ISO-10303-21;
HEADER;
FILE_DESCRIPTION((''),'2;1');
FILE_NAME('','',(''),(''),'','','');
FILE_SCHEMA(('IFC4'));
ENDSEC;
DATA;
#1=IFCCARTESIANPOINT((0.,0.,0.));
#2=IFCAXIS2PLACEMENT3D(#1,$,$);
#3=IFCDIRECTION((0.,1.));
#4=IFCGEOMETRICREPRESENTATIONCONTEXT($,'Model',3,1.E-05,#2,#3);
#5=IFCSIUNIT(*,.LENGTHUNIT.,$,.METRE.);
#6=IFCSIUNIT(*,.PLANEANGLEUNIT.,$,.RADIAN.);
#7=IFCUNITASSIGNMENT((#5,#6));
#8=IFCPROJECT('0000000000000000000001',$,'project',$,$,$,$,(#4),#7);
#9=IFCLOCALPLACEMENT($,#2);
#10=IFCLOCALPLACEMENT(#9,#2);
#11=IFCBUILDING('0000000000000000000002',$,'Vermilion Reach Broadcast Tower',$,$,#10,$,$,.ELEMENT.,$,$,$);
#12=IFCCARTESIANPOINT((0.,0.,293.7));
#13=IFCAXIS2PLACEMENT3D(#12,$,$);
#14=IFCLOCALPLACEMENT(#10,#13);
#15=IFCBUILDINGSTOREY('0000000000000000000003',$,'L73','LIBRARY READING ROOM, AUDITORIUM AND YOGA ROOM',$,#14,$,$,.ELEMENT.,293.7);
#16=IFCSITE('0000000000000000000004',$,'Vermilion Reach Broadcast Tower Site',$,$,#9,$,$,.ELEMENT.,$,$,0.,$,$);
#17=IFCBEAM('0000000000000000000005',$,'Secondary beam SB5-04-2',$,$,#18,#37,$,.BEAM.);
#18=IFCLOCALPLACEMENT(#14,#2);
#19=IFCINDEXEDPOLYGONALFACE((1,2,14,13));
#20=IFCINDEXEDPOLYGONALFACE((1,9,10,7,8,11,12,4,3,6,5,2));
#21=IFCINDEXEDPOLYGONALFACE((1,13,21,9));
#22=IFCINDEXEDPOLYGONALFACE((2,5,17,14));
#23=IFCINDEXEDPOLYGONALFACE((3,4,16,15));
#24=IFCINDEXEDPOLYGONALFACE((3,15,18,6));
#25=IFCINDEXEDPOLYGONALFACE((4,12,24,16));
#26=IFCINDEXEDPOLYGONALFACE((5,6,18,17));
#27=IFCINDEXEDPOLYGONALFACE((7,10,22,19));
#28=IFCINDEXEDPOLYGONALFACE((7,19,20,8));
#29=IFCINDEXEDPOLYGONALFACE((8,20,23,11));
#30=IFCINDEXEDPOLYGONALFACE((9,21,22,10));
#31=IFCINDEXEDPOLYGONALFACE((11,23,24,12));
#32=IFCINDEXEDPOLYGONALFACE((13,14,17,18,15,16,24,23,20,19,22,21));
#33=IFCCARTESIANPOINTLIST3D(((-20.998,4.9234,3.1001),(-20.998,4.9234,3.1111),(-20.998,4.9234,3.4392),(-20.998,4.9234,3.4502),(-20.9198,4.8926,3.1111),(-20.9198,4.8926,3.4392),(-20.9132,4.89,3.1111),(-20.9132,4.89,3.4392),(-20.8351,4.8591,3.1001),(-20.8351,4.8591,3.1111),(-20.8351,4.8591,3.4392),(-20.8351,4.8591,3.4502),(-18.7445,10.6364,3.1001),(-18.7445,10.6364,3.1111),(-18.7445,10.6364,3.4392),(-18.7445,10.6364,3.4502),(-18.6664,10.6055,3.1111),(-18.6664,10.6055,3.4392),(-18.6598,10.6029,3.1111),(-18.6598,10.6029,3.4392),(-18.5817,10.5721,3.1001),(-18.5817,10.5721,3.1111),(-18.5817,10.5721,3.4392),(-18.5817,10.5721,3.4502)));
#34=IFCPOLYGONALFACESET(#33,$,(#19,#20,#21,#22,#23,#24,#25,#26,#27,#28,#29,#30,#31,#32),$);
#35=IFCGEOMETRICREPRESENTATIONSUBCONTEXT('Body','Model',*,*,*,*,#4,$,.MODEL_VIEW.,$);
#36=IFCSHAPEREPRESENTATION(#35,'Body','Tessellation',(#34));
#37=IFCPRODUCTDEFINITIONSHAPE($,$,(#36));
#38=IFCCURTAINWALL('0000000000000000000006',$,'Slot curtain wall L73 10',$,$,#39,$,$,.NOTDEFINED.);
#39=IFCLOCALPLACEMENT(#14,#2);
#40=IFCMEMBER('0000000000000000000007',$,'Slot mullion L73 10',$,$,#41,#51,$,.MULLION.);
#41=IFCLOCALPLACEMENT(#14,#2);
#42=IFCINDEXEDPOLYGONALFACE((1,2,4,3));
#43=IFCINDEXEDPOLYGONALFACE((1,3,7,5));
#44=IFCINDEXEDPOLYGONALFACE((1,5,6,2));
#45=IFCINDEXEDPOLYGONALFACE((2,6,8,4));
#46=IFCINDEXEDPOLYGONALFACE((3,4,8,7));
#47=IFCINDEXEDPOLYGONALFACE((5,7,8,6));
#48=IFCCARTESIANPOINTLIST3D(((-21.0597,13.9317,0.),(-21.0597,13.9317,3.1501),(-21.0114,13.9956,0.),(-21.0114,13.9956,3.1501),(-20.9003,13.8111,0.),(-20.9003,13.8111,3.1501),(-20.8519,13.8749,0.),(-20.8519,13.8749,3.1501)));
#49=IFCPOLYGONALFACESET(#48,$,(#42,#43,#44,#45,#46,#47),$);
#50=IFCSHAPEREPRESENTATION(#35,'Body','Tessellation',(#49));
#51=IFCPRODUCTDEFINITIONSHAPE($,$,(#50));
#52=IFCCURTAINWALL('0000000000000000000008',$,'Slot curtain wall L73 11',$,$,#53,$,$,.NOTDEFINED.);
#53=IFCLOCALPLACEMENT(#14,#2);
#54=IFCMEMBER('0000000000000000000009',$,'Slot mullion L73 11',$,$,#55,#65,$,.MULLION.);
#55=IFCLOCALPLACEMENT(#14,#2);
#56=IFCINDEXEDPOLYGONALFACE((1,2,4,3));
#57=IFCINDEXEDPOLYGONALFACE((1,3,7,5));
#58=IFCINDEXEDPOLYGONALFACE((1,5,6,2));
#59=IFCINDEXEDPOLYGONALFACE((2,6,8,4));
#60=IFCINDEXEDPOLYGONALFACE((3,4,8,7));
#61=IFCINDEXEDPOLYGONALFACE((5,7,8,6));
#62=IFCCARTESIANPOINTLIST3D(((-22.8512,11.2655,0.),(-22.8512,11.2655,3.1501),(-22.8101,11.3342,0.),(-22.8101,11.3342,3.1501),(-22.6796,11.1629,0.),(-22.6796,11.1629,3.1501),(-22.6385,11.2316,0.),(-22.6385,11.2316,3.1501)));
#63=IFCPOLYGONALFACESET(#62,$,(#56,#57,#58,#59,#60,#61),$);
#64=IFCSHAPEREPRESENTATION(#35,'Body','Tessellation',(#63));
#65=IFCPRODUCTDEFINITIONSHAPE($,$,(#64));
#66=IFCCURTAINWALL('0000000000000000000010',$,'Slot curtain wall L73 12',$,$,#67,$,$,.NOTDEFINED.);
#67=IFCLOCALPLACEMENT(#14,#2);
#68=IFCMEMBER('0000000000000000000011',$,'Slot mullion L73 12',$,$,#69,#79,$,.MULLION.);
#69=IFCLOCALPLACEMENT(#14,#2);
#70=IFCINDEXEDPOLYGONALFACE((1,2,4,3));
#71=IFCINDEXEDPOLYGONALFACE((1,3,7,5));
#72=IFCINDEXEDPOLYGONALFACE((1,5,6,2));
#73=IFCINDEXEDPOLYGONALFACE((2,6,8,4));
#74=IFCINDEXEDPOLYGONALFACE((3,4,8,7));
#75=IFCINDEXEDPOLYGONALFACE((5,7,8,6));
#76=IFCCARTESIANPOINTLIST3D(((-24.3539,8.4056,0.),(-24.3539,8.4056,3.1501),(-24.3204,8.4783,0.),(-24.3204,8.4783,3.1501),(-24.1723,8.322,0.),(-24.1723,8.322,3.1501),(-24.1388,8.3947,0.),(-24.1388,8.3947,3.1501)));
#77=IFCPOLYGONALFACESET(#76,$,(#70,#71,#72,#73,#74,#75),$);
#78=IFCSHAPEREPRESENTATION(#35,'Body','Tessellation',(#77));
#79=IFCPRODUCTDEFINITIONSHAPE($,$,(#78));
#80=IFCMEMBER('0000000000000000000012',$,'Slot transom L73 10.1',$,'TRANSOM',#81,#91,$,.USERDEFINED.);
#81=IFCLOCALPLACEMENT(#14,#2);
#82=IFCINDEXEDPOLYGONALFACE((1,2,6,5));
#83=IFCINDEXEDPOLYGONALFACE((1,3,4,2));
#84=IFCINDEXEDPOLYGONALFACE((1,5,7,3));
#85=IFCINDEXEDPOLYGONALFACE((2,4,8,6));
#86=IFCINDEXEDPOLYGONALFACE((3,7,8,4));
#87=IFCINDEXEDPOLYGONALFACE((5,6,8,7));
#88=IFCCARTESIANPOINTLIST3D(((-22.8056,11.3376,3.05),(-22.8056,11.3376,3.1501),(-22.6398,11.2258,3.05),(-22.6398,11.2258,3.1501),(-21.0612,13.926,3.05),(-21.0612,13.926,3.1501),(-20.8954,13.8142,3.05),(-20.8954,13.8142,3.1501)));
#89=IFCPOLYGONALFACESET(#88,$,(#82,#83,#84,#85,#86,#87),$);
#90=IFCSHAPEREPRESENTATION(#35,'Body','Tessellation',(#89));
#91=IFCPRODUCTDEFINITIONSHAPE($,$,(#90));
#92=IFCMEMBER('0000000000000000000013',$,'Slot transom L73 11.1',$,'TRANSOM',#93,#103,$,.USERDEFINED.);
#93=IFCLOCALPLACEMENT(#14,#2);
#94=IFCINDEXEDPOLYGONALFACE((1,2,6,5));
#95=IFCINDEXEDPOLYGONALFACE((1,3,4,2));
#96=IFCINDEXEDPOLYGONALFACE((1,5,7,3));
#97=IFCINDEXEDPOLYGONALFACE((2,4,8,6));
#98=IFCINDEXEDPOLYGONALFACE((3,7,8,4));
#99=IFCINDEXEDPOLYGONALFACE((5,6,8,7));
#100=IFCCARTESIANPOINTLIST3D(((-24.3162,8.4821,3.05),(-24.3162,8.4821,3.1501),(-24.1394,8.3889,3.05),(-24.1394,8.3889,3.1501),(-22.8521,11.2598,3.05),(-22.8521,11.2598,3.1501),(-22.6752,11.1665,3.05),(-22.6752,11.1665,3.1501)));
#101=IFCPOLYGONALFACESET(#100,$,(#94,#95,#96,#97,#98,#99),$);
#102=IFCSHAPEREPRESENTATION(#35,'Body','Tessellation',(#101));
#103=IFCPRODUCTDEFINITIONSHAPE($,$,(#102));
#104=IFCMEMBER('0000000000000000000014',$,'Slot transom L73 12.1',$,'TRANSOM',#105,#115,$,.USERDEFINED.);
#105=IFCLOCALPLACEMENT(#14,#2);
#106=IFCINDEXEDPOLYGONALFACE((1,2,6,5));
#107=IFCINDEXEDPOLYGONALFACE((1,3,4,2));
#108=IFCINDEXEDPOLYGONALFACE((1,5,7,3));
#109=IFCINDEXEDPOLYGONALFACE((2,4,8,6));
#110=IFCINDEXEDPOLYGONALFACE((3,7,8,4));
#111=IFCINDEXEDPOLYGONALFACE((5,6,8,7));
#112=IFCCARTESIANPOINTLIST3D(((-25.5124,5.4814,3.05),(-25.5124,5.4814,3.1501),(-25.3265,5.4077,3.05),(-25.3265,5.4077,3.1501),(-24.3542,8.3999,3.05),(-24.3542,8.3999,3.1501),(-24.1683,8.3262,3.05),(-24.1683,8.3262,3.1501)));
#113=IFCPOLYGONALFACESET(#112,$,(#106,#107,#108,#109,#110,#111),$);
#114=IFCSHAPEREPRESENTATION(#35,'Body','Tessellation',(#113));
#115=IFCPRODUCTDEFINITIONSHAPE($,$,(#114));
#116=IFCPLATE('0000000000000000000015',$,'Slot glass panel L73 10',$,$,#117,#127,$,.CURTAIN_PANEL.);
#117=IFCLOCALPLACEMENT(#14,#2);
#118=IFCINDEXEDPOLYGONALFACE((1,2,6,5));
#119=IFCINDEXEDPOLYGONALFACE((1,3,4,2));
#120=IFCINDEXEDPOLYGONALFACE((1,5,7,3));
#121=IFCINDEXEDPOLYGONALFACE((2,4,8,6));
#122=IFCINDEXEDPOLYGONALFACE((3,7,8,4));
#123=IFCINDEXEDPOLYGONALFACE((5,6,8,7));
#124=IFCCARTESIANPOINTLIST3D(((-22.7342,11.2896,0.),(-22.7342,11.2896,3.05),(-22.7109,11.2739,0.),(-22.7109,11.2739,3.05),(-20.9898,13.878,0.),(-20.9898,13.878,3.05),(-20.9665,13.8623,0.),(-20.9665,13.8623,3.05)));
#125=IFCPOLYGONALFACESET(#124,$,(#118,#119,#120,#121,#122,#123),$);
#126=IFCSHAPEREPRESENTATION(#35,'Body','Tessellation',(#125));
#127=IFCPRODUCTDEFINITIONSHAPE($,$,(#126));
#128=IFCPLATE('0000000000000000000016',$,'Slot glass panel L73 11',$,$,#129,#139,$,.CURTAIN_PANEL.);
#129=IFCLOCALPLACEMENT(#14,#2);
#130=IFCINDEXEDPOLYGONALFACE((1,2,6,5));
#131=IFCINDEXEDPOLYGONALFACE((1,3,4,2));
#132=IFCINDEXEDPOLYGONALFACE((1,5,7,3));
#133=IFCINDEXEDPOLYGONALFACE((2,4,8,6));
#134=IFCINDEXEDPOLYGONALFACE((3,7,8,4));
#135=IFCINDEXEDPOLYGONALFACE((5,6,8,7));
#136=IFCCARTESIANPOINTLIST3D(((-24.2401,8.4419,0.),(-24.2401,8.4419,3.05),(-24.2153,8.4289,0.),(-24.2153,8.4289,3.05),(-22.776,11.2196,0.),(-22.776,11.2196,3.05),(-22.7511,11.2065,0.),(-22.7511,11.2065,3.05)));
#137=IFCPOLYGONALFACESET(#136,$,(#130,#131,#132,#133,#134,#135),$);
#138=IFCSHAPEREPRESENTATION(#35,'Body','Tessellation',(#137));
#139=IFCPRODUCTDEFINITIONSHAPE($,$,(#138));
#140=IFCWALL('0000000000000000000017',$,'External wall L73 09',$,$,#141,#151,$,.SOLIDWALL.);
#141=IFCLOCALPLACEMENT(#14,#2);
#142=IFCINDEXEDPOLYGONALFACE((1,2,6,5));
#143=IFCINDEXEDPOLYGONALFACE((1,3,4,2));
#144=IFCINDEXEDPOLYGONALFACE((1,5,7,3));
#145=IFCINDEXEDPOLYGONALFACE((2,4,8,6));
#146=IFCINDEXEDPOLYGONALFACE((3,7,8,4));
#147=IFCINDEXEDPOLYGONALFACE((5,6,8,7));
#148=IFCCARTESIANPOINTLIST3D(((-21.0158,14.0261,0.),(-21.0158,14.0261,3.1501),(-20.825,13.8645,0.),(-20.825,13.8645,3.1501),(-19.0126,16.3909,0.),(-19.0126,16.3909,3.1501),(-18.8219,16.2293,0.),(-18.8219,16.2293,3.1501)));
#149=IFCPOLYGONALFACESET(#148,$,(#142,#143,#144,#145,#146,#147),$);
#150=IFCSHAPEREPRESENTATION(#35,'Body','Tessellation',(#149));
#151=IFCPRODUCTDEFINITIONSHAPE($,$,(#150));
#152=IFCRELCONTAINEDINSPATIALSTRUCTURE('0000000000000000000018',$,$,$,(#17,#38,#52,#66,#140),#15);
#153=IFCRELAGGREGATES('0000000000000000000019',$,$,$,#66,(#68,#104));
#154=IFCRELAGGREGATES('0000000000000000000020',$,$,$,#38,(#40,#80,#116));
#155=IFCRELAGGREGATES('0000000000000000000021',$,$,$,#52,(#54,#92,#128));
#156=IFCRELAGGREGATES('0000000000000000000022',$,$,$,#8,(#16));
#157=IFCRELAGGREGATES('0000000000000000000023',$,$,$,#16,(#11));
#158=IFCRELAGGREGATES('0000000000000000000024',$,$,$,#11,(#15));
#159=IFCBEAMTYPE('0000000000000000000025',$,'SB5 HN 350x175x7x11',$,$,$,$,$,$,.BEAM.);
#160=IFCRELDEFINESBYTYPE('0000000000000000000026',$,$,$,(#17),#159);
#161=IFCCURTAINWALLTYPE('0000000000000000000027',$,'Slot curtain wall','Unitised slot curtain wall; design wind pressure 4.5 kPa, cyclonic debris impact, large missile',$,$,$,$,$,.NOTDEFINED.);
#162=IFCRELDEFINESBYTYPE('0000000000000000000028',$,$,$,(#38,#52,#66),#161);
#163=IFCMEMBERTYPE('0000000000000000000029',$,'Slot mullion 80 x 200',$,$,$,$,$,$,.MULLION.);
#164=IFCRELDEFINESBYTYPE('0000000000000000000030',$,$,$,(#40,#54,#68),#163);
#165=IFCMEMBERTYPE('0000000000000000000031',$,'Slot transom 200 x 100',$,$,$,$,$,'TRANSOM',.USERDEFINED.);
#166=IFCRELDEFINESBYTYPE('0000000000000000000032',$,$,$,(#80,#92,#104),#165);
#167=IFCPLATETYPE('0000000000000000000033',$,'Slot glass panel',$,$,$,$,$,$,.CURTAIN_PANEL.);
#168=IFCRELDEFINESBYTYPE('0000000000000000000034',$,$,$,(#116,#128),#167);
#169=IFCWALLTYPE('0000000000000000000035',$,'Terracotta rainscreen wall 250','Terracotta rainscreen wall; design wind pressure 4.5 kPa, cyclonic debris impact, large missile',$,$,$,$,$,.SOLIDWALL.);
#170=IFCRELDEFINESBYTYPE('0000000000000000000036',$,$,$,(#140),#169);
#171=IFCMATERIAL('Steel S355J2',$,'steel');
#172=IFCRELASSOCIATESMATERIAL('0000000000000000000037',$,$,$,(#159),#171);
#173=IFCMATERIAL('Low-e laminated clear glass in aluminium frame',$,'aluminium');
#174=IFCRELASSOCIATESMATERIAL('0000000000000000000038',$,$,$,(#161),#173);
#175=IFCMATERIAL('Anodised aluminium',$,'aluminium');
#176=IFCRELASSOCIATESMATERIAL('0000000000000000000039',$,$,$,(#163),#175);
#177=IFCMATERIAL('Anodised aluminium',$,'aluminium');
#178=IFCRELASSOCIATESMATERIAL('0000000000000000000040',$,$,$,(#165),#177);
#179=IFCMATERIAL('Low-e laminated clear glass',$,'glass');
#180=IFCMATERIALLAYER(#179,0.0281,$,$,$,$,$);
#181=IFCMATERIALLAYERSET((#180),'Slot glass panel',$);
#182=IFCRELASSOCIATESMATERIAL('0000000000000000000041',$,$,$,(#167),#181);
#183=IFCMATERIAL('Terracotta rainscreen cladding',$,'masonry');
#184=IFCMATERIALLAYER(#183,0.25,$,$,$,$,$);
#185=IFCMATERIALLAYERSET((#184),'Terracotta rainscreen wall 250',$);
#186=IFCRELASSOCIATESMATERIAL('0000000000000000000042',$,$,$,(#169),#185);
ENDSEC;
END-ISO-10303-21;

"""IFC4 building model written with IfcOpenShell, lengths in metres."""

from ifc_helpers import new_model, si_unit, direction, frame, frame_2d, origin, origin_2d, place, context, subcontext, project, spatial, rectangle, i_section, extrude, material, layer, layer_set, material_profile, profile_set, type_object, element, aggregate, save


model = new_model("IFC4")

# Units and contexts
model_context = context("Model", 3, precision=1e-05, world=origin(), true_north=direction((0.0, 1.0)))
body_context = subcontext(model_context, "Body", "Model", "MODEL_VIEW")
ifc_project = project(units=[si_unit("LENGTHUNIT", "METRE"), si_unit("PLANEANGLEUNIT", "RADIAN")], contexts=[model_context])

# Site, building, storey
site_placement = place(None, origin())
site = spatial("IfcSite", under=ifc_project, at=site_placement, Name="Vermilion Reach Broadcast Tower Site", CompositionType="ELEMENT", RefElevation=0.0)
building_placement = place(site_placement, origin())
building = spatial("IfcBuilding", under=site, at=building_placement, Name="Vermilion Reach Broadcast Tower", CompositionType="ELEMENT")
storey_placement = place(building_placement, frame((0.0, 0.0, 293.7)))
storey = spatial("IfcBuildingStorey", under=building, at=storey_placement, Name="L73", Description="LIBRARY READING ROOM, AUDITORIUM AND YOGA ROOM", CompositionType="ELEMENT", Elevation=293.7)

# Beam
ifc_material_1 = material(Name="Steel S355J2", Category="steel")
ifc_material_profile_1 = material_profile(ifc_material_1, i_section(OverallWidth=0.175, OverallDepth=0.3501, WebThickness=0.0071, FlangeThickness=0.011, at=origin_2d()), Name="S355J2 HN 350x175x7x11")
ifc_profile_set_1 = profile_set([ifc_material_profile_1], Name="Steel S355J2")
beam_type_1 = type_object("IfcBeamType", Name="SB5 HN 350x175x7x11", PredefinedType="BEAM", material=ifc_profile_set_1)
beam_1_placement = place(storey_placement, frame((-18.6631, 10.6042, 3.2751), z_axis=(-0.366931, -0.930248, 0.0), x_axis=(0.930248, -0.366931, 0.0)))
element("IfcBeam", 1, at=beam_1_placement, inside=storey, type_object=beam_type_1, Name="Secondary beam SB5-04-2", PredefinedType="BEAM", context=body_context, shape_type="SweptSolid", body=[
    extrude(i_section(OverallWidth=0.175, OverallDepth=0.3501, WebThickness=0.0071, FlangeThickness=0.011, at=origin_2d()), origin(), (0.0, 0.0, 1.0), 6.1414),
])

# Curtain walls, members
ifc_material_2 = material(Name="Low-e laminated clear glass in aluminium frame", Category="aluminium")
curtain_wall_type = type_object("IfcCurtainWallType", Name="Slot curtain wall", Description="Unitised slot curtain wall; design wind pressure 4.5 kPa, cyclonic debris impact, large missile", PredefinedType="NOTDEFINED", material=ifc_material_2)
placement = place(storey_placement, origin())
curtain_wall_1 = element("IfcCurtainWall", 2, at=placement, inside=storey, type_object=curtain_wall_type, Name="Slot curtain wall L73 10", PredefinedType="NOTDEFINED")
ifc_material_3 = material(Name="Anodised aluminium", Category="aluminium")
ifc_material_profile_2 = material_profile(ifc_material_3, rectangle(XDim=0.2, YDim=0.0801, at=origin_2d()), Name="Slot mullion 80 x 200")
ifc_profile_set_2 = profile_set([ifc_material_profile_2], Name="Anodised aluminium")
member_type_1 = type_object("IfcMemberType", Name="Slot mullion 80 x 200", PredefinedType="MULLION", material=ifc_profile_set_2)
member_1_placement = place(storey_placement, frame((-20.9558, 13.9033, 0.0), z_axis=(0.0, 0.0, 1.0), x_axis=(0.797363, -0.6035, 0.0)))
member_1 = element("IfcMember", 3, at=member_1_placement, type_object=member_type_1, Name="Slot mullion L73 10", PredefinedType="MULLION", context=body_context, shape_type="SweptSolid", body=[
    extrude(rectangle(XDim=0.2, YDim=0.0801, at=origin_2d()), origin(), (0.0, 0.0, 1.0), 3.1501),
])
curtain_wall_2 = element("IfcCurtainWall", 4, at=placement, inside=storey, type_object=curtain_wall_type, Name="Slot curtain wall L73 11", PredefinedType="NOTDEFINED")
member_2_placement = place(storey_placement, frame((-22.7449, 11.2485, 0.0), z_axis=(0.0, 0.0, 1.0), x_axis=(0.858191, -0.51333, 0.0)))
member_2 = element("IfcMember", 5, at=member_2_placement, type_object=member_type_1, Name="Slot mullion L73 11", PredefinedType="MULLION", context=body_context, shape_type="SweptSolid", body=[
    extrude(rectangle(XDim=0.2, YDim=0.0801, at=origin_2d()), origin(), (0.0, 0.0, 1.0), 3.1501),
])
curtain_wall_3 = element("IfcCurtainWall", 6, at=placement, inside=storey, type_object=curtain_wall_type, Name="Slot curtain wall L73 12", PredefinedType="NOTDEFINED")
member_3_placement = place(storey_placement, frame((-24.2463, 8.4001, 0.0), z_axis=(0.0, 0.0, 1.0), x_axis=(0.908362, -0.418184, 0.0)))
member_3 = element("IfcMember", 7, at=member_3_placement, type_object=member_type_1, Name="Slot mullion L73 12", PredefinedType="MULLION", context=body_context, shape_type="SweptSolid", body=[
    extrude(rectangle(XDim=0.2, YDim=0.0801, at=origin_2d()), origin(), (0.0, 0.0, 1.0), 3.1501),
])

# Members
ifc_material_4 = material(Name="Anodised aluminium", Category="aluminium")
ifc_material_profile_3 = material_profile(ifc_material_4, rectangle(XDim=0.2, YDim=0.1001, at=origin_2d()), Name="Slot transom 200 x 100")
ifc_profile_set_3 = profile_set([ifc_material_profile_3], Name="Anodised aluminium")
member_type_2 = type_object("IfcMemberType", Name="Slot transom 200 x 100", ElementType="TRANSOM", PredefinedType="USERDEFINED", material=ifc_profile_set_3)
member_4_placement = place(storey_placement, frame((-20.9783, 13.8701, 3.1001), z_axis=(-0.558863, -0.82926, 0.0), x_axis=(0.82926, -0.558863, 0.0)))
member_4 = element("IfcMember", 8, at=member_4_placement, type_object=member_type_2, Name="Slot transom L73 10.1", ObjectType="TRANSOM", PredefinedType="USERDEFINED", context=body_context, shape_type="SweptSolid", body=[
    extrude(rectangle(XDim=0.2, YDim=0.1001, at=origin_2d()), origin(), (0.0, 0.0, 1.0), 3.1213),
])
member_5_placement = place(storey_placement, frame((-22.7637, 11.2131, 3.1001), z_axis=(-0.466301, -0.884626, 0.0), x_axis=(0.884626, -0.466301, 0.0)))
member_5 = element("IfcMember", 9, at=member_5_placement, type_object=member_type_2, Name="Slot transom L73 11.1", ObjectType="TRANSOM", PredefinedType="USERDEFINED", context=body_context, shape_type="SweptSolid", body=[
    extrude(rectangle(XDim=0.2, YDim=0.1001, at=origin_2d()), origin(), (0.0, 0.0, 1.0), 3.1399),
])
member_6_placement = place(storey_placement, frame((-24.2612, 8.363, 3.1001), z_axis=(-0.368869, -0.929481, 0.0), x_axis=(0.929481, -0.368869, 0.0)))
member_6 = element("IfcMember", 10, at=member_6_placement, type_object=member_type_2, Name="Slot transom L73 12.1", ObjectType="TRANSOM", PredefinedType="USERDEFINED", context=body_context, shape_type="SweptSolid", body=[
    extrude(rectangle(XDim=0.2, YDim=0.1001, at=origin_2d()), origin(), (0.0, 0.0, 1.0), 3.1399),
])
aggregate(curtain_wall_3, [member_3, member_6])

# Plates
ifc_material_5 = material(Name="Low-e laminated clear glass", Category="glass")
ifc_layer_1 = layer(ifc_material_5, 0.0281)
ifc_layer_set_1 = layer_set([ifc_layer_1], Name="Slot glass panel")
plate_type = type_object("IfcPlateType", Name="Slot glass panel", PredefinedType="CURTAIN_PANEL", material=ifc_layer_set_1)
plate_1_placement = place(storey_placement, frame((-21.8503, 12.5759, 0.0), z_axis=(0.0, 0.0, 1.0), x_axis=(-0.558868, -0.829257, 0.0)))
plate_1 = element("IfcPlate", 11, at=plate_1_placement, type_object=plate_type, Name="Slot glass panel L73 10", PredefinedType="CURTAIN_PANEL", context=body_context, shape_type="SweptSolid", body=[
    extrude(rectangle(XDim=3.1213, YDim=0.0281, at=origin_2d()), origin(), (0.0, 0.0, 1.0), 3.05),
])
aggregate(curtain_wall_1, [member_1, member_4, plate_1])
plate_2_placement = place(storey_placement, frame((-23.4956, 9.8242, 0.0), z_axis=(0.0, 0.0, 1.0), x_axis=(-0.466299, -0.884627, 0.0)))
plate_2 = element("IfcPlate", 12, at=plate_2_placement, type_object=plate_type, Name="Slot glass panel L73 11", PredefinedType="CURTAIN_PANEL", context=body_context, shape_type="SweptSolid", body=[
    extrude(rectangle(XDim=3.1399, YDim=0.0281, at=origin_2d()), origin(), (0.0, 0.0, 1.0), 3.05),
])
aggregate(curtain_wall_2, [member_2, member_5, plate_2])

# Shared definitions
ifc_material_6 = material(Name="Terracotta rainscreen cladding", Category="masonry")
ifc_layer_2 = layer(ifc_material_6, 0.25)
ifc_layer_set_2 = layer_set([ifc_layer_2], Name="Terracotta rainscreen wall 250")
wall_type_1 = type_object("IfcWallType", Name="Terracotta rainscreen wall 250", Description="Terracotta rainscreen wall; design wind pressure 4.5 kPa, cyclonic debris impact, large missile", PredefinedType="SOLIDWALL", material=ifc_layer_set_2)

# Wall
wall_1_placement = place(storey_placement, frame((-18.9172, 16.3101, 0.0), z_axis=(0.0, 0.0, 1.0), x_axis=(-0.646362, -0.763031, 0.0)))
element("IfcWall", 13, at=wall_1_placement, inside=storey, type_object=wall_type_1, Name="External wall L73 09", PredefinedType="SOLIDWALL", context=body_context, shape_type="SweptSolid", body=[
    extrude(rectangle(XDim=3.0991, YDim=0.25, at=frame_2d((1.5496, 0.0))), origin(), (0.0, 0.0, 1.0), 3.1501),
])

save(model, "model.ifc")
